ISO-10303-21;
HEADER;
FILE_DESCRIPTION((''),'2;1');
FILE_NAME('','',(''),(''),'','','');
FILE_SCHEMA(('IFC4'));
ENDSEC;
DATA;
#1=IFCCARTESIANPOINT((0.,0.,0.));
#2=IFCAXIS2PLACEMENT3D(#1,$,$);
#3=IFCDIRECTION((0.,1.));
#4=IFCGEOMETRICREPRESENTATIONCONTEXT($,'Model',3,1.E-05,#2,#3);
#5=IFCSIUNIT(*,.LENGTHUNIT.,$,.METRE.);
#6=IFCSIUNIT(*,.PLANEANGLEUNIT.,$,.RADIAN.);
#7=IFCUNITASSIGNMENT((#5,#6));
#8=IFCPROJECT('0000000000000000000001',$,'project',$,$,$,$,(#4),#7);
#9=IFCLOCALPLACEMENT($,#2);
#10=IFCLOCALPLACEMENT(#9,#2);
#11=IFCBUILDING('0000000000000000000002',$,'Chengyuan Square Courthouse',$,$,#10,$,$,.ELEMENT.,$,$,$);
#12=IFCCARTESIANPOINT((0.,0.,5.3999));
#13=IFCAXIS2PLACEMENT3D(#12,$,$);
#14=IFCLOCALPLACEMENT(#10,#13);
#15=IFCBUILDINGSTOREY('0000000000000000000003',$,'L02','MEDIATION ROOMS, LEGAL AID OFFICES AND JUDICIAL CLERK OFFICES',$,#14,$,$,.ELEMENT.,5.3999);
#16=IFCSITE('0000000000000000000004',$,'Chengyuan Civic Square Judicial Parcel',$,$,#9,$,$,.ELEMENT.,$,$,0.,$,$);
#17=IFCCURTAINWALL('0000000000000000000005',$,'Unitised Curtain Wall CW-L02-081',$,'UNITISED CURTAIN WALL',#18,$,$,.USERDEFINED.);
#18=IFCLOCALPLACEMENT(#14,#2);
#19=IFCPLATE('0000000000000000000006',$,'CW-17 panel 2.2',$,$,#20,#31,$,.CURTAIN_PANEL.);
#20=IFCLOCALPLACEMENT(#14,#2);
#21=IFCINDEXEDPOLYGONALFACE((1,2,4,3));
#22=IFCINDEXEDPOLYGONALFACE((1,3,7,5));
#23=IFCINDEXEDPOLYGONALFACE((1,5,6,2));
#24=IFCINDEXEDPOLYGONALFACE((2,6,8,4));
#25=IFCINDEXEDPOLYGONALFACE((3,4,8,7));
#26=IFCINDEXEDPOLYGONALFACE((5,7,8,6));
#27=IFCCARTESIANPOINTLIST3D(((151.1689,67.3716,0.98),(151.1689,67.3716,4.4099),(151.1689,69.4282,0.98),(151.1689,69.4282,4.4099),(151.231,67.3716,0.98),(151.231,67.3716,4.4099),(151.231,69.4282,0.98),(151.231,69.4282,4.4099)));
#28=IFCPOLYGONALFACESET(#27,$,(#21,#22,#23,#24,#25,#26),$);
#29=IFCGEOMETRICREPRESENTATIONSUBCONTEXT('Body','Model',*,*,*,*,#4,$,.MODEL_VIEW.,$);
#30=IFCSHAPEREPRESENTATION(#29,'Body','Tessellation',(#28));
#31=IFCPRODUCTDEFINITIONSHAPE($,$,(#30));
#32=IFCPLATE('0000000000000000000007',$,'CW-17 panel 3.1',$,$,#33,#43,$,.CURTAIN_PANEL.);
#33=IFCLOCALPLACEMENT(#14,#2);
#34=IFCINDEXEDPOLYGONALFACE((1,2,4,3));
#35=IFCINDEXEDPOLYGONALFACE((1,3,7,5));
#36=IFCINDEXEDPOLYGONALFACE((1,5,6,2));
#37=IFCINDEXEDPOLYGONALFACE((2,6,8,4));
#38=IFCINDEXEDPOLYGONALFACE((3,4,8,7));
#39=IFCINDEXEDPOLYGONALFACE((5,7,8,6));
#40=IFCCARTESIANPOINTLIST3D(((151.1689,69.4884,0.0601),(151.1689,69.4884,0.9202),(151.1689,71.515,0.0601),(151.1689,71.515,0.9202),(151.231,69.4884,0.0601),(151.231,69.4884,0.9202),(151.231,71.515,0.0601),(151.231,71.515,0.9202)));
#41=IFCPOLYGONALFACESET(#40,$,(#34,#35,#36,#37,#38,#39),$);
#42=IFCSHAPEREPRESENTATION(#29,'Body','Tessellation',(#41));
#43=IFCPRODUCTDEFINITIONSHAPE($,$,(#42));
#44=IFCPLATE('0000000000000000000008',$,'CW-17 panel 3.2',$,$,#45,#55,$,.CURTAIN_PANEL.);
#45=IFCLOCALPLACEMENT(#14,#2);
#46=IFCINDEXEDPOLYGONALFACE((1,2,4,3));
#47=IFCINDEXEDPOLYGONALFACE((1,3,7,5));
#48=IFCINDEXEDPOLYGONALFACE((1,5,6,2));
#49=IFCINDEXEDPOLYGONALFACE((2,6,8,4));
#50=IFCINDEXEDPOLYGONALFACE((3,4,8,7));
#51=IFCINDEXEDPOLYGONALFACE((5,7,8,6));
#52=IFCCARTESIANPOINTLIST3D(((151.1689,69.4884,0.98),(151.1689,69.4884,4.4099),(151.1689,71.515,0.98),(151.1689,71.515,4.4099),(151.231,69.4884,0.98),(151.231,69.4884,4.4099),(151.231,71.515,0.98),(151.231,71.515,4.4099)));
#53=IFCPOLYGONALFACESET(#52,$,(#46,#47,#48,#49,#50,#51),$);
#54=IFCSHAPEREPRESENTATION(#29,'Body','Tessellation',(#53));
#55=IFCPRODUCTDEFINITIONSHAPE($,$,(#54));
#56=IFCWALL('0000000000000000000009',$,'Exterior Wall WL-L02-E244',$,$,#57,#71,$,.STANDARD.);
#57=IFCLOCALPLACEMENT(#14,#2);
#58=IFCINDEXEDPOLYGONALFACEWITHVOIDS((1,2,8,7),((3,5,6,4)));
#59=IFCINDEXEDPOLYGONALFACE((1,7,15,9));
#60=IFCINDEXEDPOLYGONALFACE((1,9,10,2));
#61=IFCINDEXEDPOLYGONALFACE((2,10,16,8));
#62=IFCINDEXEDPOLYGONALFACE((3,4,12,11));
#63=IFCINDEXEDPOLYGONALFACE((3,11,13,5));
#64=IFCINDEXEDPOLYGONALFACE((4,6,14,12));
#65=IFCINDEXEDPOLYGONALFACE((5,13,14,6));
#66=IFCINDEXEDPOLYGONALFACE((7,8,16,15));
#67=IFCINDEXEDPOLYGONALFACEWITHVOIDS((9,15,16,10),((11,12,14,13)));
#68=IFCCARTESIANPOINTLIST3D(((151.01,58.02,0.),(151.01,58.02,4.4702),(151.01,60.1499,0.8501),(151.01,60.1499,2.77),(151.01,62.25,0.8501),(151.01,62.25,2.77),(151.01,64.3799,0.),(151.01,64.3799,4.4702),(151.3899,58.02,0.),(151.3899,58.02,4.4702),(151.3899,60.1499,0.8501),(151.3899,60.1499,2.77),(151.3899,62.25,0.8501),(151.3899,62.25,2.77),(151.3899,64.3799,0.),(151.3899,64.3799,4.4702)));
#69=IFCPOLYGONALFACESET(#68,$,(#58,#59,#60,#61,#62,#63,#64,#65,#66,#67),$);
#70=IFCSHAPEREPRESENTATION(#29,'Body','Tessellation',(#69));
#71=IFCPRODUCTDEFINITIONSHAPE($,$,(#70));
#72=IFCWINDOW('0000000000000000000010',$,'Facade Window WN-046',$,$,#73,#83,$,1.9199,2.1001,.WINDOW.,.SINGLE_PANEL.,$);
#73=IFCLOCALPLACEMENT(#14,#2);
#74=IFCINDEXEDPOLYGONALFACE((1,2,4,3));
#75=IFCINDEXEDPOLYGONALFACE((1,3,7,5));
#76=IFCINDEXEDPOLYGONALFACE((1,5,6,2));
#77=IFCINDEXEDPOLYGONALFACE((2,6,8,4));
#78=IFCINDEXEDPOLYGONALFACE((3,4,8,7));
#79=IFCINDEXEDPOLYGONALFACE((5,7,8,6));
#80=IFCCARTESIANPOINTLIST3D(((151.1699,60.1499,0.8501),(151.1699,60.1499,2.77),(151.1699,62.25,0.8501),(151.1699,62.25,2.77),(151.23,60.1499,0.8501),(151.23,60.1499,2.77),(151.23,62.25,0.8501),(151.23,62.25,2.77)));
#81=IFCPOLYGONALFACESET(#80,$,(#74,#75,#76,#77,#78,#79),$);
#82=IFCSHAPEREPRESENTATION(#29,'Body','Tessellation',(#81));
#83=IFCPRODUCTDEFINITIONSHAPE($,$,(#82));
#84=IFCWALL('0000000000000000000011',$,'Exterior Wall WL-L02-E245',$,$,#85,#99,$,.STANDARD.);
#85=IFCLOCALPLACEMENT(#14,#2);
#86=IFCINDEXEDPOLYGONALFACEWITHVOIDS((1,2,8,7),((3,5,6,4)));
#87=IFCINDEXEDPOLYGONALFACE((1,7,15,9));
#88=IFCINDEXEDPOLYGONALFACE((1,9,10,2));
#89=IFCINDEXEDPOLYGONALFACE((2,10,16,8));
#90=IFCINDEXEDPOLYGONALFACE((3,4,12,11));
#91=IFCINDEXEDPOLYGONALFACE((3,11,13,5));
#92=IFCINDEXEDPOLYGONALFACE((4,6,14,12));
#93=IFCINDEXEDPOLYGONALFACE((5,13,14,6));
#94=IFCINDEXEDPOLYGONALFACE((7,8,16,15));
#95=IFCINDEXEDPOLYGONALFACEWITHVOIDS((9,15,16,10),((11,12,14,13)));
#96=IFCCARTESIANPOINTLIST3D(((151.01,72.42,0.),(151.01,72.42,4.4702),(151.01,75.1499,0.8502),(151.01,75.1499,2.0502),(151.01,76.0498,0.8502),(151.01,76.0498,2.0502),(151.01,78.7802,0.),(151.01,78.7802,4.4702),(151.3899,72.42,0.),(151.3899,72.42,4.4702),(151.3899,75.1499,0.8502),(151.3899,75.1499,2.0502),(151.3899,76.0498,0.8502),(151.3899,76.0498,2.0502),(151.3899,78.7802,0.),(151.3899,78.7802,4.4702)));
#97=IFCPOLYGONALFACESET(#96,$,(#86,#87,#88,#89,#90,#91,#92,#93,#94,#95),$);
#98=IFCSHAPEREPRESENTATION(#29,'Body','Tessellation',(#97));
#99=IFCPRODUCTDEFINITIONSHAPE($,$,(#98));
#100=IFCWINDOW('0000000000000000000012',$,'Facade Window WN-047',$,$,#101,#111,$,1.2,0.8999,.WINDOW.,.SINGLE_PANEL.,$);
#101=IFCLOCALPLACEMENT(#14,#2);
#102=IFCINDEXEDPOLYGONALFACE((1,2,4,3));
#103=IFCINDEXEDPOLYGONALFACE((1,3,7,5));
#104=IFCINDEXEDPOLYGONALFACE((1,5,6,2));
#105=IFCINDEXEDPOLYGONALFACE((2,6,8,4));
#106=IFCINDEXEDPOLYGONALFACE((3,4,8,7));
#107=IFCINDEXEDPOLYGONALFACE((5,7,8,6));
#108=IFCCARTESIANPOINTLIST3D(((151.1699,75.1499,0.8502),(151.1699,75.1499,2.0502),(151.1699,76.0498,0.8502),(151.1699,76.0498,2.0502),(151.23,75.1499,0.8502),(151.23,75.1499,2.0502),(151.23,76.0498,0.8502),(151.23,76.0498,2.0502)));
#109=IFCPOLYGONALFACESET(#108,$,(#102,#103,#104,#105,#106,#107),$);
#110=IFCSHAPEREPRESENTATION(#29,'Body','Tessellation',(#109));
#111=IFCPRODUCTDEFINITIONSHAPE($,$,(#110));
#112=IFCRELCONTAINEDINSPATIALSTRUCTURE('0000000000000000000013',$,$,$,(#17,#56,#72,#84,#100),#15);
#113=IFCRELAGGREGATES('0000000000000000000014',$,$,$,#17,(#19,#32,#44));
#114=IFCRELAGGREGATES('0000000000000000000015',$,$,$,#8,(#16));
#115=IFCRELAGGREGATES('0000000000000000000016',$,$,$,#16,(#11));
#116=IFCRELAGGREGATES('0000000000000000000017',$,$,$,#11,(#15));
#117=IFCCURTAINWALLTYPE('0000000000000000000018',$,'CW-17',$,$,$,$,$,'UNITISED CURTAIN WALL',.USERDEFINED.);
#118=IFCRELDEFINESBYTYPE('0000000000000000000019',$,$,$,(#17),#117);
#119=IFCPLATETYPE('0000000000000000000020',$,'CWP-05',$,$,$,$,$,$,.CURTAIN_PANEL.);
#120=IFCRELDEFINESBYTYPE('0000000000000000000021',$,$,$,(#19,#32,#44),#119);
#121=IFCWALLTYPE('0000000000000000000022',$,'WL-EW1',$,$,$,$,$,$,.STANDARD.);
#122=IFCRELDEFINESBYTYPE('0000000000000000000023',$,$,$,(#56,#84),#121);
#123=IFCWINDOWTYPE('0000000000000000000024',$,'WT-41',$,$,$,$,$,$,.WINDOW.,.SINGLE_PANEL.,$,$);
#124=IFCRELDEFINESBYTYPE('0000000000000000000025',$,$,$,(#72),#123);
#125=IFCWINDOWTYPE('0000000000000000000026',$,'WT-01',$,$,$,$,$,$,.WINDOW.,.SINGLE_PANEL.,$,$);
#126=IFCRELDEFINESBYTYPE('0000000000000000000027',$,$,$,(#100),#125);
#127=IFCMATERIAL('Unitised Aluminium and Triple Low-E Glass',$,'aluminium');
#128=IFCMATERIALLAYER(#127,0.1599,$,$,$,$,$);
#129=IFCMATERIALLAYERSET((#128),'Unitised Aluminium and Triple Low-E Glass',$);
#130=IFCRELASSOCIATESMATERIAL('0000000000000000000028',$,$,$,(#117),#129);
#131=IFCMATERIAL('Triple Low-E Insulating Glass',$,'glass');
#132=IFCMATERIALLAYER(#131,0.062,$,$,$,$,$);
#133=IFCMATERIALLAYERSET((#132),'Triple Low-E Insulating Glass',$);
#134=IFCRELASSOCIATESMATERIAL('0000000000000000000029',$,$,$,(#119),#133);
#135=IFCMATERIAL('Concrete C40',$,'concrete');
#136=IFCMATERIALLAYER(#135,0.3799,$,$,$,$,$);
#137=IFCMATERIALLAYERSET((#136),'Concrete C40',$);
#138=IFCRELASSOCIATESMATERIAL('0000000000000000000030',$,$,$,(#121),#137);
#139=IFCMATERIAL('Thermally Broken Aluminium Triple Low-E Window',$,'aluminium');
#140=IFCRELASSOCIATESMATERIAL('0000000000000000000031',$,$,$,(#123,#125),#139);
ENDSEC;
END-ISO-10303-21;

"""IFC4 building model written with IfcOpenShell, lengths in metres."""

from ifc_helpers import new_model, si_unit, direction, frame, frame_2d, origin, origin_2d, place, context, subcontext, project, spatial, rectangle, extrude, material, layer, layer_set, type_object, element, fill, aggregate, save


model = new_model("IFC4")

# Units and contexts
model_context = context("Model", 3, precision=1e-05, world=origin(), true_north=direction((0.0, 1.0)))
body_context = subcontext(model_context, "Body", "Model", "MODEL_VIEW")
ifc_project = project(units=[si_unit("LENGTHUNIT", "METRE"), si_unit("PLANEANGLEUNIT", "RADIAN")], contexts=[model_context])

# Site, building, storey
site_placement = place(None, origin())
site = spatial("IfcSite", under=ifc_project, at=site_placement, Name="Chengyuan Civic Square Judicial Parcel", CompositionType="ELEMENT", RefElevation=0.0)
building_placement = place(site_placement, origin())
building = spatial("IfcBuilding", under=site, at=building_placement, Name="Chengyuan Square Courthouse", CompositionType="ELEMENT")
storey_placement = place(building_placement, frame((0.0, 0.0, 5.3999)))
storey = spatial("IfcBuildingStorey", under=building, at=storey_placement, Name="L02", Description="MEDIATION ROOMS, LEGAL AID OFFICES AND JUDICIAL CLERK OFFICES", CompositionType="ELEMENT", Elevation=5.3999)

# Shared definitions
ifc_material_1 = material(Name="Concrete C40", Category="concrete")

# Shared definitions
ifc_material_2 = material(Name="Unitised Aluminium and Triple Low-E Glass", Category="aluminium")
ifc_layer_1 = layer(ifc_material_2, 0.1599)
ifc_layer_set_1 = layer_set([ifc_layer_1], Name="Unitised Aluminium and Triple Low-E Glass")
curtain_wall_type = type_object("IfcCurtainWallType", Name="CW-17", ElementType="UNITISED CURTAIN WALL", PredefinedType="USERDEFINED", material=ifc_layer_set_1)

# Curtain wall
curtain_wall_1_placement = place(storey_placement, origin())
curtain_wall_1 = element("IfcCurtainWall", 1, at=curtain_wall_1_placement, inside=storey, type_object=curtain_wall_type, Name="Unitised Curtain Wall CW-L02-081", ObjectType="UNITISED CURTAIN WALL", PredefinedType="USERDEFINED")

# Plates
ifc_material_3 = material(Name="Triple Low-E Insulating Glass", Category="glass")
ifc_layer_2 = layer(ifc_material_3, 0.062)
ifc_layer_set_2 = layer_set([ifc_layer_2], Name="Triple Low-E Insulating Glass")
plate_type = type_object("IfcPlateType", Name="CWP-05", PredefinedType="CURTAIN_PANEL", material=ifc_layer_set_2)
plate_1_placement = place(storey_placement, frame((151.2, 68.3999, 0.98), z_axis=(0.0, 0.0, 1.0), x_axis=(0.0, 1.0, 0.0)))
plate_1 = element("IfcPlate", 2, at=plate_1_placement, type_object=plate_type, Name="CW-17 panel 2.2", PredefinedType="CURTAIN_PANEL", context=body_context, shape_type="SweptSolid", body=[
    extrude(rectangle(XDim=2.0566, YDim=0.062, at=origin_2d()), origin(), (0.0, 0.0, 1.0), 3.4299),
])
plate_2_placement = place(storey_placement, frame((151.2, 70.5017, 0.0601), z_axis=(0.0, 0.0, 1.0), x_axis=(0.0, 1.0, 0.0)))
plate_2 = element("IfcPlate", 3, at=plate_2_placement, type_object=plate_type, Name="CW-17 panel 3.1", PredefinedType="CURTAIN_PANEL", context=body_context, shape_type="SweptSolid", body=[
    extrude(rectangle(XDim=2.0266, YDim=0.062, at=origin_2d()), origin(), (0.0, 0.0, 1.0), 0.8601),
])
plate_3_placement = place(storey_placement, frame((151.2, 70.5017, 0.98), z_axis=(0.0, 0.0, 1.0), x_axis=(0.0, 1.0, 0.0)))
plate_3 = element("IfcPlate", 4, at=plate_3_placement, type_object=plate_type, Name="CW-17 panel 3.2", PredefinedType="CURTAIN_PANEL", context=body_context, shape_type="SweptSolid", body=[
    extrude(rectangle(XDim=2.0266, YDim=0.062, at=origin_2d()), origin(), (0.0, 0.0, 1.0), 3.4299),
])
aggregate(curtain_wall_1, [plate_1, plate_2, plate_3])

# Walls, openings, windows
ifc_layer_3 = layer(ifc_material_1, 0.3799)
ifc_layer_set_3 = layer_set([ifc_layer_3], Name="Concrete C40")
wall_type = type_object("IfcWallType", Name="WL-EW1", PredefinedType="STANDARD", material=ifc_layer_set_3)
wall_1_placement = place(storey_placement, frame((151.2, 58.02, 0.0), z_axis=(0.0, 0.0, 1.0), x_axis=(0.0, 1.0, 0.0)))
wall_1 = element("IfcWall", 5, at=wall_1_placement, inside=storey, type_object=wall_type, Name="Exterior Wall WL-L02-E244", PredefinedType="STANDARD", context=body_context, shape_type="SweptSolid", body=[
    extrude(rectangle(XDim=6.3599, YDim=0.3799, at=frame_2d((3.1799, 0.0))), origin(), (0.0, 0.0, 1.0), 4.4702),
])
opening_1_placement = place(wall_1_placement, frame((2.1299, 0.0, 0.8501)))
opening_1 = element("IfcOpeningElement", 6, at=opening_1_placement, cuts=wall_1, PredefinedType="OPENING", context=body_context, shape_type="SweptSolid", body=[
    extrude(rectangle(XDim=2.1001, YDim=1.9199, at=frame_2d((1.05, 0.96))), frame((0.0, 0.2019, 0.0), z_axis=(0.0, -1.0, 0.0), x_axis=(1.0, 0.0, 0.0)), (0.0, 0.0, 1.0), 0.4038),
])
ifc_material_4 = material(Name="Thermally Broken Aluminium Triple Low-E Window", Category="aluminium")
window_type_1 = type_object("IfcWindowType", Name="WT-41", PartitioningType="SINGLE_PANEL", PredefinedType="WINDOW", material=ifc_material_4)
window_1_placement = place(opening_1_placement, origin())
window_1 = element("IfcWindow", 7, at=window_1_placement, inside=storey, type_object=window_type_1, Name="Facade Window WN-046", OverallHeight=1.9199, OverallWidth=2.1001, PartitioningType="SINGLE_PANEL", PredefinedType="WINDOW", context=body_context, shape_type="SweptSolid", body=[
    extrude(rectangle(XDim=2.1001, YDim=1.9199, at=frame_2d((1.05, 0.96))), frame((0.0, 0.03, 0.0), z_axis=(0.0, -1.0, 0.0), x_axis=(1.0, 0.0, 0.0)), (0.0, 0.0, 1.0), 0.0601),
])
fill(opening_1, window_1)
wall_2_placement = place(storey_placement, frame((151.2, 72.4199, 0.0), z_axis=(0.0, 0.0, 1.0), x_axis=(0.0, 1.0, 0.0)))
wall_2 = element("IfcWall", 8, at=wall_2_placement, inside=storey, type_object=wall_type, Name="Exterior Wall WL-L02-E245", PredefinedType="STANDARD", context=body_context, shape_type="SweptSolid", body=[
    extrude(rectangle(XDim=6.3601, YDim=0.3799, at=frame_2d((3.1802, 0.0))), origin(), (0.0, 0.0, 1.0), 4.4702),
])
opening_2_placement = place(wall_2_placement, frame((2.73, 0.0, 0.8501)))
opening_2 = element("IfcOpeningElement", 9, at=opening_2_placement, cuts=wall_2, PredefinedType="OPENING", context=body_context, shape_type="SweptSolid", body=[
    extrude(rectangle(XDim=0.8999, YDim=1.2, at=frame_2d((0.45, 0.6001))), frame((0.0, 0.2019, 0.0), z_axis=(0.0, -1.0, 0.0), x_axis=(1.0, 0.0, 0.0)), (0.0, 0.0, 1.0), 0.4038),
])
window_type_2 = type_object("IfcWindowType", Name="WT-01", PartitioningType="SINGLE_PANEL", PredefinedType="WINDOW", material=ifc_material_4)
window_2_placement = place(opening_2_placement, origin())
window_2 = element("IfcWindow", 10, at=window_2_placement, inside=storey, type_object=window_type_2, Name="Facade Window WN-047", OverallHeight=1.2, OverallWidth=0.8999, PartitioningType="SINGLE_PANEL", PredefinedType="WINDOW", context=body_context, shape_type="SweptSolid", body=[
    extrude(rectangle(XDim=0.8999, YDim=1.2, at=frame_2d((0.45, 0.6001))), frame((0.0, 0.03, 0.0), z_axis=(0.0, -1.0, 0.0), x_axis=(1.0, 0.0, 0.0)), (0.0, 0.0, 1.0), 0.0601),
])
fill(opening_2, window_2)

save(model, "model.ifc")
